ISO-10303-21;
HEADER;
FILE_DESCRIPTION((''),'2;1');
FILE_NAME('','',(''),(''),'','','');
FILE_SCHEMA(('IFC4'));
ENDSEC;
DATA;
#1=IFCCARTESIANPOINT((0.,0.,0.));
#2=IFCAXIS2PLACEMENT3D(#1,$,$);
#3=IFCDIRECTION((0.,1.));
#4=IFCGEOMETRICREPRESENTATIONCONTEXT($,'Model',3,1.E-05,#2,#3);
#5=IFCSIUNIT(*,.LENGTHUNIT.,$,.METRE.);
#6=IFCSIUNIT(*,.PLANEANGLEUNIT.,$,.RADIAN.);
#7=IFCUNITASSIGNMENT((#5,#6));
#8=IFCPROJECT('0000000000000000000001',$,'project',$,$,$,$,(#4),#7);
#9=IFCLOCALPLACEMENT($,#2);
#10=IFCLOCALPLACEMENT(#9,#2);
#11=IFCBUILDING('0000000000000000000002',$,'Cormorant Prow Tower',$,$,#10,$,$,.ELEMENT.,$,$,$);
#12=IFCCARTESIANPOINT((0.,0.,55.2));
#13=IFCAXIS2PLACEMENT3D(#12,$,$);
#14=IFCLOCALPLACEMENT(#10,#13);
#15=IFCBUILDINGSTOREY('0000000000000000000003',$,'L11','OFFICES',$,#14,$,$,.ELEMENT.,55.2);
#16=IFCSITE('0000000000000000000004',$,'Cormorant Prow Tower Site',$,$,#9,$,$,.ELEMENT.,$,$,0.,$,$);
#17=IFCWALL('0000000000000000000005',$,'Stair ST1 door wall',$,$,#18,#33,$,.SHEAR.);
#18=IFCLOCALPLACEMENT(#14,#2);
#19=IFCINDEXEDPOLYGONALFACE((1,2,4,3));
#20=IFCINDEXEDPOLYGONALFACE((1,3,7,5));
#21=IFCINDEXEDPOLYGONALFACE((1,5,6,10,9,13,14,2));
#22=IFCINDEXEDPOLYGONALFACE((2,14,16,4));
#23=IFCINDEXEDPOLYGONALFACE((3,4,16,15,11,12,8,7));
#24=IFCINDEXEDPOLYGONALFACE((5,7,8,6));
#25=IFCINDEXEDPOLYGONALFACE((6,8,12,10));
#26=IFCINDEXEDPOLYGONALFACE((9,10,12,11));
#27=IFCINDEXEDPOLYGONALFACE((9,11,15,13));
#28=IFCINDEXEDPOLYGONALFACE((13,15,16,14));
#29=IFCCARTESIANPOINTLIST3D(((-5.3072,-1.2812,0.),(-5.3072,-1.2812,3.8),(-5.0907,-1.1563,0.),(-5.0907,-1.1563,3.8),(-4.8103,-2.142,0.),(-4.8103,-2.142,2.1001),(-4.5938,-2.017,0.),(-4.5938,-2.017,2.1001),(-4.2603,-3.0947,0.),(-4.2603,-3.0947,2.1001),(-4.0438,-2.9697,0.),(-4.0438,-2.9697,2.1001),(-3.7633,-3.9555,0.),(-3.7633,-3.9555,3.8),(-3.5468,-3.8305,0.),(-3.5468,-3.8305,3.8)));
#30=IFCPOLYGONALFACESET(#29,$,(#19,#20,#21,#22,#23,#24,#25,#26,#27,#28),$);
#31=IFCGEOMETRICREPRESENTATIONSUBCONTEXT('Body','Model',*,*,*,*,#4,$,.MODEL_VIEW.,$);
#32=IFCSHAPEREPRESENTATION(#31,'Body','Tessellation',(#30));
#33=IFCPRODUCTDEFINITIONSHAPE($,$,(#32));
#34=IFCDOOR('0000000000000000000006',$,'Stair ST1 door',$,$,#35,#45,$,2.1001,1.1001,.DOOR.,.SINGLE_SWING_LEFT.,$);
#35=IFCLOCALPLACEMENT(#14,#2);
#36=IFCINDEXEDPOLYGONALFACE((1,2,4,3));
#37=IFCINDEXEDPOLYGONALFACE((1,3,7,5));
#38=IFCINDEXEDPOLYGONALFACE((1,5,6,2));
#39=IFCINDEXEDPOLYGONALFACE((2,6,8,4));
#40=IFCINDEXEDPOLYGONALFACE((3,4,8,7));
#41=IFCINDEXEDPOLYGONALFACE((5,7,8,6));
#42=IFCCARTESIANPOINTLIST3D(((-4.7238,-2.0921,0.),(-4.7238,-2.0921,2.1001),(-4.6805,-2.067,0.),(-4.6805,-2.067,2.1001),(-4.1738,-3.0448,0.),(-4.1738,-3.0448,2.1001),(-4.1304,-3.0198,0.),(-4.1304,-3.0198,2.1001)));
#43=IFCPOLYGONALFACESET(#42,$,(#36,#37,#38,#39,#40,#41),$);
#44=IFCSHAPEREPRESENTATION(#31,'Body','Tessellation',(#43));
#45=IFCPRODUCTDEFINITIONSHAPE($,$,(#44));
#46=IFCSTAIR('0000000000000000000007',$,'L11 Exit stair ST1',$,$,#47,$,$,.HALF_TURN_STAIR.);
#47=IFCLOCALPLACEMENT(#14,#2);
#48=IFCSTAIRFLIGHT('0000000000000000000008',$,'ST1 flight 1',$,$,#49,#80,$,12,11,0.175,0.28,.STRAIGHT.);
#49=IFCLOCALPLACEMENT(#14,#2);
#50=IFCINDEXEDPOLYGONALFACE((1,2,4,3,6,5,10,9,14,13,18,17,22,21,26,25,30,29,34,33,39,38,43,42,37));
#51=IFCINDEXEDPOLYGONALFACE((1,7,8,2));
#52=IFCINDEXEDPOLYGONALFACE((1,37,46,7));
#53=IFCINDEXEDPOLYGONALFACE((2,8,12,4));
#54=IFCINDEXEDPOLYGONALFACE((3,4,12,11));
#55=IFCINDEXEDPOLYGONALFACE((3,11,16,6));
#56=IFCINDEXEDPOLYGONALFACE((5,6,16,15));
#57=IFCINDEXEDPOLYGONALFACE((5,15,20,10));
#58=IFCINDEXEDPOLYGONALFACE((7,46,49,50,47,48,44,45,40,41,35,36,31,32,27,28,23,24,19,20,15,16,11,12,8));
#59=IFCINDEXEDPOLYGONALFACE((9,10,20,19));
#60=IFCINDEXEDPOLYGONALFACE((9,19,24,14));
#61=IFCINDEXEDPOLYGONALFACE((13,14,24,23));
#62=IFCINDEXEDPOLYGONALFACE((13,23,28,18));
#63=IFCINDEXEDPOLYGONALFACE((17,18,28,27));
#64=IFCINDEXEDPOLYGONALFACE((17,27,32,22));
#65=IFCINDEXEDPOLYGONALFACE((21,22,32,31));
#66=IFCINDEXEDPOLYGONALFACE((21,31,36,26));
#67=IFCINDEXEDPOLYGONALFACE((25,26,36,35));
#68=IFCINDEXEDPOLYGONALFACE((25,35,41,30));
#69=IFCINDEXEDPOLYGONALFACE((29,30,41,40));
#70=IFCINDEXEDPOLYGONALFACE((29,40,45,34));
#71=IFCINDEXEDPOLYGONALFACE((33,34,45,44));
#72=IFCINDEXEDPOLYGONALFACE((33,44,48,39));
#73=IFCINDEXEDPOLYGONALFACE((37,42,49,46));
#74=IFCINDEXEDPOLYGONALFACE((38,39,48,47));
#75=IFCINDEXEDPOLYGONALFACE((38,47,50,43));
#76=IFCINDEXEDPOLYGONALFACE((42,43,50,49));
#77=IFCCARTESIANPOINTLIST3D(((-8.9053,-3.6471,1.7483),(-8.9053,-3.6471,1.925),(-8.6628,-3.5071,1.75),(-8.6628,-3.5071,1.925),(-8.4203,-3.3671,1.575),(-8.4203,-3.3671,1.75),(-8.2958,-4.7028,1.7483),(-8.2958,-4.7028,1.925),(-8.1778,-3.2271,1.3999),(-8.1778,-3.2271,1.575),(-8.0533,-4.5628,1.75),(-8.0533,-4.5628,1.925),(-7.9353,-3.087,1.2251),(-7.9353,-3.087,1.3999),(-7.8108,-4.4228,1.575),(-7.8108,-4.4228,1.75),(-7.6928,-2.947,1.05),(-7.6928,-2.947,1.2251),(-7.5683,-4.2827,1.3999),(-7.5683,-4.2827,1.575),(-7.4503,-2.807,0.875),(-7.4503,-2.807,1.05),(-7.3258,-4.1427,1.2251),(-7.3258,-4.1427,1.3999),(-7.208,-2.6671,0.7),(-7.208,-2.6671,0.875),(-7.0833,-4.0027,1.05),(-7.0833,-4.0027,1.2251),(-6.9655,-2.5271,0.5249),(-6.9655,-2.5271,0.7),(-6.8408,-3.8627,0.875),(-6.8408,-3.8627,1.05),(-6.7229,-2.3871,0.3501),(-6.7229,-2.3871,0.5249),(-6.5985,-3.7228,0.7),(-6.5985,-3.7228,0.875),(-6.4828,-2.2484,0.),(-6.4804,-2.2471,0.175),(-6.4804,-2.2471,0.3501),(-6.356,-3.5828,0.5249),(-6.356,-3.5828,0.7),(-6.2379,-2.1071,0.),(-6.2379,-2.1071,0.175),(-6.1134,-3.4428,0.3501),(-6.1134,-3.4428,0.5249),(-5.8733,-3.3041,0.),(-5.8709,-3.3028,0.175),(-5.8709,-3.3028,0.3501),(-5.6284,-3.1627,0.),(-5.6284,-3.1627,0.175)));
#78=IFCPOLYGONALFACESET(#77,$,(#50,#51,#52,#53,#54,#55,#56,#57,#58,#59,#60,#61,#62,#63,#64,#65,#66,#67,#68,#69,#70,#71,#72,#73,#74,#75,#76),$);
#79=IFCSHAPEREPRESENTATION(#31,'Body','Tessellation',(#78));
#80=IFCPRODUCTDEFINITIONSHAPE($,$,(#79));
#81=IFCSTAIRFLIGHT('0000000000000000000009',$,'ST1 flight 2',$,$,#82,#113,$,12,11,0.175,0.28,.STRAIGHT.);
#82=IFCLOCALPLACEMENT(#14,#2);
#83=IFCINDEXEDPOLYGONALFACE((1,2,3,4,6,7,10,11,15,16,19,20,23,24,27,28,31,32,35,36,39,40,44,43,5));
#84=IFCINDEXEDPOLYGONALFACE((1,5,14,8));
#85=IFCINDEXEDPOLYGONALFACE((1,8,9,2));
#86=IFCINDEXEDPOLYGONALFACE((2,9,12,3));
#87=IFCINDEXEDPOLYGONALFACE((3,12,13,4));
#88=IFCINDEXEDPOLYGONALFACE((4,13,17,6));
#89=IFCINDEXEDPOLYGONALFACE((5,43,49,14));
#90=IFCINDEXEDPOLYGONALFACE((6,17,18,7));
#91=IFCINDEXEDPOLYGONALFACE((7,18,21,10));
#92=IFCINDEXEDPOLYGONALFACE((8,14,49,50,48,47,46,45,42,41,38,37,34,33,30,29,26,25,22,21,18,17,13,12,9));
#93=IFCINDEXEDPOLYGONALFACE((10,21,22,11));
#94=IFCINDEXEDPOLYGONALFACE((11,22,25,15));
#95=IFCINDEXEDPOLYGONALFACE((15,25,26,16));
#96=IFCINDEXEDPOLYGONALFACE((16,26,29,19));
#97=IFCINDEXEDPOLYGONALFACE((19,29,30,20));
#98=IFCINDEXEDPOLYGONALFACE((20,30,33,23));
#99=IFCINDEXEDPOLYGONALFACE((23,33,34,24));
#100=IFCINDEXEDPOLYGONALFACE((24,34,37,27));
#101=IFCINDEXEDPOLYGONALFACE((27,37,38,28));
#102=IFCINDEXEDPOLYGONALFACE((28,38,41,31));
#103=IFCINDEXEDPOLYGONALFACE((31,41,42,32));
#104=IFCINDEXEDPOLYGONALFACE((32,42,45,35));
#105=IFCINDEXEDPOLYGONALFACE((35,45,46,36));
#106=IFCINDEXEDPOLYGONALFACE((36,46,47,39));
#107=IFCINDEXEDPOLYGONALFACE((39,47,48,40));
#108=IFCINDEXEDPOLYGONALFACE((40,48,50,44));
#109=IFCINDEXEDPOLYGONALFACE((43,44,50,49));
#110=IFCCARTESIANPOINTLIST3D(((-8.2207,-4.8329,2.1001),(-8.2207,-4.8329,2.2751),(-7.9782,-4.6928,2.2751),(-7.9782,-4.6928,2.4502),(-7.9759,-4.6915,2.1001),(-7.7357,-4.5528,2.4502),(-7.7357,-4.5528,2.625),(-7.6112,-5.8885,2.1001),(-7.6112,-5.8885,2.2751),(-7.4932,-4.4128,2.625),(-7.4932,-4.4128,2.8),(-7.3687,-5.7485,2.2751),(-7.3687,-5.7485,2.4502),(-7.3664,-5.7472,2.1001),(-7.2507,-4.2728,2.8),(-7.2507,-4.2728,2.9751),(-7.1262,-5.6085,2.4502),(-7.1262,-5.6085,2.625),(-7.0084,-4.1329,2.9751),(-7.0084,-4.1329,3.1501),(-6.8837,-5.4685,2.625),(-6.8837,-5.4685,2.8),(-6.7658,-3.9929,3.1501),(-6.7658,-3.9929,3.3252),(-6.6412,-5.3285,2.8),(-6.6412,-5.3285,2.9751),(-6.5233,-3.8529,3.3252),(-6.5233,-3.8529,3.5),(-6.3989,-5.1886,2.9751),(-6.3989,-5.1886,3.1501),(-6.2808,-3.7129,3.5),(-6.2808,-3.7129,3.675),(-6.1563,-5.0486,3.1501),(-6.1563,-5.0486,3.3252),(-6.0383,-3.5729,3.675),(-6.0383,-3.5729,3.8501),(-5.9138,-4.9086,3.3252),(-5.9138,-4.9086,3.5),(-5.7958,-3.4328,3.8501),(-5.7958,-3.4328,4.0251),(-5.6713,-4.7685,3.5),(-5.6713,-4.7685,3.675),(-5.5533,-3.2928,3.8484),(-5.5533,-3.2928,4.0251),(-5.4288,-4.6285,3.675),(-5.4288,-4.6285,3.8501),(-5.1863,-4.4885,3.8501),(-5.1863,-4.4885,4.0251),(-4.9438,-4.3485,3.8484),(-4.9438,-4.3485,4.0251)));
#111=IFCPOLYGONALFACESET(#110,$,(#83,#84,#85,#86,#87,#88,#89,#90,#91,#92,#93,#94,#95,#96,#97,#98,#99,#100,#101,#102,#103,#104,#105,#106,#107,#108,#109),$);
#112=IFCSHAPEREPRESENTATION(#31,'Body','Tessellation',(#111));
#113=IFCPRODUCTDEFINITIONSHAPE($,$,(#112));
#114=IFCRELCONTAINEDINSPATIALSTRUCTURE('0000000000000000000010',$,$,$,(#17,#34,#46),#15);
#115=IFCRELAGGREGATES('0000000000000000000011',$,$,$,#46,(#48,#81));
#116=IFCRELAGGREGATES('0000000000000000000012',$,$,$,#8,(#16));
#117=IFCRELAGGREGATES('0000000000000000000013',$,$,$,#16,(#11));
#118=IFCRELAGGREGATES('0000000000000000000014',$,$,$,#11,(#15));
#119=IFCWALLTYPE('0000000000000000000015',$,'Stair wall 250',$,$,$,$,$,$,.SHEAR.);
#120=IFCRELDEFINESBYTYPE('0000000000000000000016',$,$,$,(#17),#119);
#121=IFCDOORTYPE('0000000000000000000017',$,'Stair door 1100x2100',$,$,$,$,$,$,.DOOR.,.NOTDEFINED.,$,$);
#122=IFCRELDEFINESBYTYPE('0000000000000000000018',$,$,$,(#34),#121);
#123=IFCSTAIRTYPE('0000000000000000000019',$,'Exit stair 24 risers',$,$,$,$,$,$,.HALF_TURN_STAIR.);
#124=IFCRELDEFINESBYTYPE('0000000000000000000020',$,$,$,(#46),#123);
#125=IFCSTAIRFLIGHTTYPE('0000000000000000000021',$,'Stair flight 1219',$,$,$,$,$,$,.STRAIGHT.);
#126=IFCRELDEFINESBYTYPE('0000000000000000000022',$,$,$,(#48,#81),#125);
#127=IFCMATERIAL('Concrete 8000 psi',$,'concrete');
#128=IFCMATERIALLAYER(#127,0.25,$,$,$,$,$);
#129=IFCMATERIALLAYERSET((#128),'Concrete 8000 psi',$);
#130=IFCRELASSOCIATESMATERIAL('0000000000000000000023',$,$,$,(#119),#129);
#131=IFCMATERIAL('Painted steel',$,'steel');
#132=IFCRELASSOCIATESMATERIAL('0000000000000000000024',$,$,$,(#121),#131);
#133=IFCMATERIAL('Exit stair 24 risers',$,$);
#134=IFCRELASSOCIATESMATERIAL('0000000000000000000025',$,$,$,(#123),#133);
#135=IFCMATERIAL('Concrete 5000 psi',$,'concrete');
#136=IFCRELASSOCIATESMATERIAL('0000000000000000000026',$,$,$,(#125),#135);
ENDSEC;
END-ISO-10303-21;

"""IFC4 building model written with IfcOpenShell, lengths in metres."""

from ifc_helpers import new_model, si_unit, direction, frame, frame_2d, origin, place, context, subcontext, project, spatial, polyline, rectangle, outline, extrude, material, layer, layer_set, type_object, element, fill, aggregate, save


model = new_model("IFC4")

# Units and contexts
model_context = context("Model", 3, precision=1e-05, world=origin(), true_north=direction((0.0, 1.0)))
body_context = subcontext(model_context, "Body", "Model", "MODEL_VIEW")
ifc_project = project(units=[si_unit("LENGTHUNIT", "METRE"), si_unit("PLANEANGLEUNIT", "RADIAN")], contexts=[model_context])

# Site, building, storey
site_placement = place(None, origin())
site = spatial("IfcSite", under=ifc_project, at=site_placement, Name="Cormorant Prow Tower Site", CompositionType="ELEMENT", RefElevation=0.0)
building_placement = place(site_placement, origin())
building = spatial("IfcBuilding", under=site, at=building_placement, Name="Cormorant Prow Tower", CompositionType="ELEMENT")
storey_placement = place(building_placement, frame((0.0, 0.0, 55.2)))
storey = spatial("IfcBuildingStorey", under=building, at=storey_placement, Name="L11", Description="OFFICES", CompositionType="ELEMENT", Elevation=55.2)

# Wall, opening, door
ifc_material_1 = material(Name="Concrete 8000 psi", Category="concrete")
ifc_layer_1 = layer(ifc_material_1, 0.25)
ifc_layer_set_1 = layer_set([ifc_layer_1], Name="Concrete 8000 psi")
wall_type_1 = type_object("IfcWallType", Name="Stair wall 250", PredefinedType="SHEAR", material=ifc_layer_set_1)
wall_1_placement = place(storey_placement, frame((-5.199, -1.2188, 0.0), z_axis=(0.0, 0.0, 1.0), x_axis=(0.499983, -0.866035, 0.0)))
wall_1 = element("IfcWall", 1, at=wall_1_placement, inside=storey, type_object=wall_type_1, Name="Stair ST1 door wall", PredefinedType="SHEAR", context=body_context, shape_type="SweptSolid", body=[
    extrude(rectangle(XDim=3.0879, YDim=0.25, at=frame_2d((1.5439, 0.0))), origin(), (0.0, 0.0, 1.0), 3.8),
])
opening_1_placement = place(wall_1_placement, frame((0.9939, 0.0, 0.0)))
opening_1 = element("IfcOpeningElement", 2, at=opening_1_placement, cuts=wall_1, PredefinedType="OPENING", context=body_context, shape_type="SweptSolid", body=[
    extrude(rectangle(XDim=1.1001, YDim=2.1001, at=frame_2d((0.55, 1.05))), frame((0.0, 0.135, 0.0), z_axis=(0.0, -1.0, 0.0), x_axis=(1.0, 0.0, 0.0)), (0.0, 0.0, 1.0), 0.27),
])
ifc_material_2 = material(Name="Painted steel", Category="steel")
door_type_1 = type_object("IfcDoorType", Name="Stair door 1100x2100", OperationType="NOTDEFINED", PredefinedType="DOOR", material=ifc_material_2)
door_1_placement = place(opening_1_placement, origin())
door_1 = element("IfcDoor", 3, at=door_1_placement, inside=storey, type_object=door_type_1, Name="Stair ST1 door", OperationType="SINGLE_SWING_LEFT", OverallHeight=2.1001, OverallWidth=1.1001, PredefinedType="DOOR", context=body_context, shape_type="SweptSolid", body=[
    extrude(rectangle(XDim=1.1001, YDim=2.1001, at=frame_2d((0.55, 1.05))), frame((0.0, 0.0249, 0.0), z_axis=(0.0, -1.0, 0.0), x_axis=(1.0, 0.0, 0.0)), (0.0, 0.0, 1.0), 0.05),
])
fill(opening_1, door_1)

# Stair, stair flights
ifc_material_3 = material(Name="Exit stair 24 risers")
stair_type = type_object("IfcStairType", Name="Exit stair 24 risers", PredefinedType="HALF_TURN_STAIR", material=ifc_material_3)
stair_placement = place(storey_placement, origin())
stair = element("IfcStair", 4, at=stair_placement, inside=storey, type_object=stair_type, Name="L11 Exit stair ST1", PredefinedType="HALF_TURN_STAIR")
ifc_material_4 = material(Name="Concrete 5000 psi", Category="concrete")
stair_flight_type = type_object("IfcStairFlightType", Name="Stair flight 1219", PredefinedType="STRAIGHT", material=ifc_material_4)
stair_flight_1_placement = place(storey_placement, frame((-5.9331, -2.635, 0.0), z_axis=(0.0, 0.0, 1.0), x_axis=(-0.866025, -0.5, 0.0)))
stair_flight_1 = element("IfcStairFlight", 5, at=stair_flight_1_placement, type_object=stair_flight_type, Name="ST1 flight 1", NumberOfRisers=12, NumberOfTreads=11, PredefinedType="STRAIGHT", RiserHeight=0.175, TreadLength=0.28, context=body_context, shape_type="SweptSolid", body=[
    extrude(outline(polyline([(0.0, 0.0), (0.0, 0.175), (0.28, 0.175), (0.28, 0.3501), (0.5601, 0.3501), (0.5601, 0.5249), (0.8401, 0.5249), (0.8401, 0.7), (1.1201, 0.7), (1.1201, 0.875), (1.3999, 0.875), (1.3999, 1.05), (1.6799, 1.05), (1.6799, 1.2251), (1.96, 1.2251), (1.96, 1.3999), (2.24, 1.3999), (2.24, 1.575), (2.52, 1.575), (2.52, 1.75), (2.8, 1.75), (2.8, 1.925), (3.0801, 1.925), (3.0801, 2.1001), (3.0801, 1.7483), (0.2827, 0.0), (0.0, 0.0)])), frame((0.0, 0.6094, 0.0), z_axis=(0.0, -1.0, 0.0), x_axis=(1.0, 0.0, 0.0)), (0.0, 0.0, 1.0), 1.219),
])
stair_flight_2_placement = place(storey_placement, frame((-7.916, -5.3606, 2.1001), z_axis=(0.0, 0.0, 1.0), x_axis=(0.866025, 0.5, 0.0)))
stair_flight_2 = element("IfcStairFlight", 6, at=stair_flight_2_placement, type_object=stair_flight_type, Name="ST1 flight 2", NumberOfRisers=12, NumberOfTreads=11, PredefinedType="STRAIGHT", RiserHeight=0.175, TreadLength=0.28, context=body_context, shape_type="SweptSolid", body=[
    extrude(outline(polyline([(0.0, 0.0), (0.0, 0.175), (0.28, 0.175), (0.28, 0.3501), (0.5601, 0.3501), (0.5601, 0.5249), (0.8401, 0.5249), (0.8401, 0.7), (1.1201, 0.7), (1.1201, 0.875), (1.3999, 0.875), (1.3999, 1.05), (1.6799, 1.05), (1.6799, 1.2251), (1.96, 1.2251), (1.96, 1.3999), (2.24, 1.3999), (2.24, 1.575), (2.52, 1.575), (2.52, 1.75), (2.8, 1.75), (2.8, 1.925), (3.0801, 1.925), (3.0801, 2.1001), (3.0801, 1.7483), (0.2827, 0.0), (0.0, 0.0)])), frame((0.0, 0.6094, 0.0), z_axis=(0.0, -1.0, 0.0), x_axis=(1.0, 0.0, 0.0)), (0.0, 0.0, 1.0), 1.219),
])
aggregate(stair, [stair_flight_1, stair_flight_2])

save(model, "model.ifc")
